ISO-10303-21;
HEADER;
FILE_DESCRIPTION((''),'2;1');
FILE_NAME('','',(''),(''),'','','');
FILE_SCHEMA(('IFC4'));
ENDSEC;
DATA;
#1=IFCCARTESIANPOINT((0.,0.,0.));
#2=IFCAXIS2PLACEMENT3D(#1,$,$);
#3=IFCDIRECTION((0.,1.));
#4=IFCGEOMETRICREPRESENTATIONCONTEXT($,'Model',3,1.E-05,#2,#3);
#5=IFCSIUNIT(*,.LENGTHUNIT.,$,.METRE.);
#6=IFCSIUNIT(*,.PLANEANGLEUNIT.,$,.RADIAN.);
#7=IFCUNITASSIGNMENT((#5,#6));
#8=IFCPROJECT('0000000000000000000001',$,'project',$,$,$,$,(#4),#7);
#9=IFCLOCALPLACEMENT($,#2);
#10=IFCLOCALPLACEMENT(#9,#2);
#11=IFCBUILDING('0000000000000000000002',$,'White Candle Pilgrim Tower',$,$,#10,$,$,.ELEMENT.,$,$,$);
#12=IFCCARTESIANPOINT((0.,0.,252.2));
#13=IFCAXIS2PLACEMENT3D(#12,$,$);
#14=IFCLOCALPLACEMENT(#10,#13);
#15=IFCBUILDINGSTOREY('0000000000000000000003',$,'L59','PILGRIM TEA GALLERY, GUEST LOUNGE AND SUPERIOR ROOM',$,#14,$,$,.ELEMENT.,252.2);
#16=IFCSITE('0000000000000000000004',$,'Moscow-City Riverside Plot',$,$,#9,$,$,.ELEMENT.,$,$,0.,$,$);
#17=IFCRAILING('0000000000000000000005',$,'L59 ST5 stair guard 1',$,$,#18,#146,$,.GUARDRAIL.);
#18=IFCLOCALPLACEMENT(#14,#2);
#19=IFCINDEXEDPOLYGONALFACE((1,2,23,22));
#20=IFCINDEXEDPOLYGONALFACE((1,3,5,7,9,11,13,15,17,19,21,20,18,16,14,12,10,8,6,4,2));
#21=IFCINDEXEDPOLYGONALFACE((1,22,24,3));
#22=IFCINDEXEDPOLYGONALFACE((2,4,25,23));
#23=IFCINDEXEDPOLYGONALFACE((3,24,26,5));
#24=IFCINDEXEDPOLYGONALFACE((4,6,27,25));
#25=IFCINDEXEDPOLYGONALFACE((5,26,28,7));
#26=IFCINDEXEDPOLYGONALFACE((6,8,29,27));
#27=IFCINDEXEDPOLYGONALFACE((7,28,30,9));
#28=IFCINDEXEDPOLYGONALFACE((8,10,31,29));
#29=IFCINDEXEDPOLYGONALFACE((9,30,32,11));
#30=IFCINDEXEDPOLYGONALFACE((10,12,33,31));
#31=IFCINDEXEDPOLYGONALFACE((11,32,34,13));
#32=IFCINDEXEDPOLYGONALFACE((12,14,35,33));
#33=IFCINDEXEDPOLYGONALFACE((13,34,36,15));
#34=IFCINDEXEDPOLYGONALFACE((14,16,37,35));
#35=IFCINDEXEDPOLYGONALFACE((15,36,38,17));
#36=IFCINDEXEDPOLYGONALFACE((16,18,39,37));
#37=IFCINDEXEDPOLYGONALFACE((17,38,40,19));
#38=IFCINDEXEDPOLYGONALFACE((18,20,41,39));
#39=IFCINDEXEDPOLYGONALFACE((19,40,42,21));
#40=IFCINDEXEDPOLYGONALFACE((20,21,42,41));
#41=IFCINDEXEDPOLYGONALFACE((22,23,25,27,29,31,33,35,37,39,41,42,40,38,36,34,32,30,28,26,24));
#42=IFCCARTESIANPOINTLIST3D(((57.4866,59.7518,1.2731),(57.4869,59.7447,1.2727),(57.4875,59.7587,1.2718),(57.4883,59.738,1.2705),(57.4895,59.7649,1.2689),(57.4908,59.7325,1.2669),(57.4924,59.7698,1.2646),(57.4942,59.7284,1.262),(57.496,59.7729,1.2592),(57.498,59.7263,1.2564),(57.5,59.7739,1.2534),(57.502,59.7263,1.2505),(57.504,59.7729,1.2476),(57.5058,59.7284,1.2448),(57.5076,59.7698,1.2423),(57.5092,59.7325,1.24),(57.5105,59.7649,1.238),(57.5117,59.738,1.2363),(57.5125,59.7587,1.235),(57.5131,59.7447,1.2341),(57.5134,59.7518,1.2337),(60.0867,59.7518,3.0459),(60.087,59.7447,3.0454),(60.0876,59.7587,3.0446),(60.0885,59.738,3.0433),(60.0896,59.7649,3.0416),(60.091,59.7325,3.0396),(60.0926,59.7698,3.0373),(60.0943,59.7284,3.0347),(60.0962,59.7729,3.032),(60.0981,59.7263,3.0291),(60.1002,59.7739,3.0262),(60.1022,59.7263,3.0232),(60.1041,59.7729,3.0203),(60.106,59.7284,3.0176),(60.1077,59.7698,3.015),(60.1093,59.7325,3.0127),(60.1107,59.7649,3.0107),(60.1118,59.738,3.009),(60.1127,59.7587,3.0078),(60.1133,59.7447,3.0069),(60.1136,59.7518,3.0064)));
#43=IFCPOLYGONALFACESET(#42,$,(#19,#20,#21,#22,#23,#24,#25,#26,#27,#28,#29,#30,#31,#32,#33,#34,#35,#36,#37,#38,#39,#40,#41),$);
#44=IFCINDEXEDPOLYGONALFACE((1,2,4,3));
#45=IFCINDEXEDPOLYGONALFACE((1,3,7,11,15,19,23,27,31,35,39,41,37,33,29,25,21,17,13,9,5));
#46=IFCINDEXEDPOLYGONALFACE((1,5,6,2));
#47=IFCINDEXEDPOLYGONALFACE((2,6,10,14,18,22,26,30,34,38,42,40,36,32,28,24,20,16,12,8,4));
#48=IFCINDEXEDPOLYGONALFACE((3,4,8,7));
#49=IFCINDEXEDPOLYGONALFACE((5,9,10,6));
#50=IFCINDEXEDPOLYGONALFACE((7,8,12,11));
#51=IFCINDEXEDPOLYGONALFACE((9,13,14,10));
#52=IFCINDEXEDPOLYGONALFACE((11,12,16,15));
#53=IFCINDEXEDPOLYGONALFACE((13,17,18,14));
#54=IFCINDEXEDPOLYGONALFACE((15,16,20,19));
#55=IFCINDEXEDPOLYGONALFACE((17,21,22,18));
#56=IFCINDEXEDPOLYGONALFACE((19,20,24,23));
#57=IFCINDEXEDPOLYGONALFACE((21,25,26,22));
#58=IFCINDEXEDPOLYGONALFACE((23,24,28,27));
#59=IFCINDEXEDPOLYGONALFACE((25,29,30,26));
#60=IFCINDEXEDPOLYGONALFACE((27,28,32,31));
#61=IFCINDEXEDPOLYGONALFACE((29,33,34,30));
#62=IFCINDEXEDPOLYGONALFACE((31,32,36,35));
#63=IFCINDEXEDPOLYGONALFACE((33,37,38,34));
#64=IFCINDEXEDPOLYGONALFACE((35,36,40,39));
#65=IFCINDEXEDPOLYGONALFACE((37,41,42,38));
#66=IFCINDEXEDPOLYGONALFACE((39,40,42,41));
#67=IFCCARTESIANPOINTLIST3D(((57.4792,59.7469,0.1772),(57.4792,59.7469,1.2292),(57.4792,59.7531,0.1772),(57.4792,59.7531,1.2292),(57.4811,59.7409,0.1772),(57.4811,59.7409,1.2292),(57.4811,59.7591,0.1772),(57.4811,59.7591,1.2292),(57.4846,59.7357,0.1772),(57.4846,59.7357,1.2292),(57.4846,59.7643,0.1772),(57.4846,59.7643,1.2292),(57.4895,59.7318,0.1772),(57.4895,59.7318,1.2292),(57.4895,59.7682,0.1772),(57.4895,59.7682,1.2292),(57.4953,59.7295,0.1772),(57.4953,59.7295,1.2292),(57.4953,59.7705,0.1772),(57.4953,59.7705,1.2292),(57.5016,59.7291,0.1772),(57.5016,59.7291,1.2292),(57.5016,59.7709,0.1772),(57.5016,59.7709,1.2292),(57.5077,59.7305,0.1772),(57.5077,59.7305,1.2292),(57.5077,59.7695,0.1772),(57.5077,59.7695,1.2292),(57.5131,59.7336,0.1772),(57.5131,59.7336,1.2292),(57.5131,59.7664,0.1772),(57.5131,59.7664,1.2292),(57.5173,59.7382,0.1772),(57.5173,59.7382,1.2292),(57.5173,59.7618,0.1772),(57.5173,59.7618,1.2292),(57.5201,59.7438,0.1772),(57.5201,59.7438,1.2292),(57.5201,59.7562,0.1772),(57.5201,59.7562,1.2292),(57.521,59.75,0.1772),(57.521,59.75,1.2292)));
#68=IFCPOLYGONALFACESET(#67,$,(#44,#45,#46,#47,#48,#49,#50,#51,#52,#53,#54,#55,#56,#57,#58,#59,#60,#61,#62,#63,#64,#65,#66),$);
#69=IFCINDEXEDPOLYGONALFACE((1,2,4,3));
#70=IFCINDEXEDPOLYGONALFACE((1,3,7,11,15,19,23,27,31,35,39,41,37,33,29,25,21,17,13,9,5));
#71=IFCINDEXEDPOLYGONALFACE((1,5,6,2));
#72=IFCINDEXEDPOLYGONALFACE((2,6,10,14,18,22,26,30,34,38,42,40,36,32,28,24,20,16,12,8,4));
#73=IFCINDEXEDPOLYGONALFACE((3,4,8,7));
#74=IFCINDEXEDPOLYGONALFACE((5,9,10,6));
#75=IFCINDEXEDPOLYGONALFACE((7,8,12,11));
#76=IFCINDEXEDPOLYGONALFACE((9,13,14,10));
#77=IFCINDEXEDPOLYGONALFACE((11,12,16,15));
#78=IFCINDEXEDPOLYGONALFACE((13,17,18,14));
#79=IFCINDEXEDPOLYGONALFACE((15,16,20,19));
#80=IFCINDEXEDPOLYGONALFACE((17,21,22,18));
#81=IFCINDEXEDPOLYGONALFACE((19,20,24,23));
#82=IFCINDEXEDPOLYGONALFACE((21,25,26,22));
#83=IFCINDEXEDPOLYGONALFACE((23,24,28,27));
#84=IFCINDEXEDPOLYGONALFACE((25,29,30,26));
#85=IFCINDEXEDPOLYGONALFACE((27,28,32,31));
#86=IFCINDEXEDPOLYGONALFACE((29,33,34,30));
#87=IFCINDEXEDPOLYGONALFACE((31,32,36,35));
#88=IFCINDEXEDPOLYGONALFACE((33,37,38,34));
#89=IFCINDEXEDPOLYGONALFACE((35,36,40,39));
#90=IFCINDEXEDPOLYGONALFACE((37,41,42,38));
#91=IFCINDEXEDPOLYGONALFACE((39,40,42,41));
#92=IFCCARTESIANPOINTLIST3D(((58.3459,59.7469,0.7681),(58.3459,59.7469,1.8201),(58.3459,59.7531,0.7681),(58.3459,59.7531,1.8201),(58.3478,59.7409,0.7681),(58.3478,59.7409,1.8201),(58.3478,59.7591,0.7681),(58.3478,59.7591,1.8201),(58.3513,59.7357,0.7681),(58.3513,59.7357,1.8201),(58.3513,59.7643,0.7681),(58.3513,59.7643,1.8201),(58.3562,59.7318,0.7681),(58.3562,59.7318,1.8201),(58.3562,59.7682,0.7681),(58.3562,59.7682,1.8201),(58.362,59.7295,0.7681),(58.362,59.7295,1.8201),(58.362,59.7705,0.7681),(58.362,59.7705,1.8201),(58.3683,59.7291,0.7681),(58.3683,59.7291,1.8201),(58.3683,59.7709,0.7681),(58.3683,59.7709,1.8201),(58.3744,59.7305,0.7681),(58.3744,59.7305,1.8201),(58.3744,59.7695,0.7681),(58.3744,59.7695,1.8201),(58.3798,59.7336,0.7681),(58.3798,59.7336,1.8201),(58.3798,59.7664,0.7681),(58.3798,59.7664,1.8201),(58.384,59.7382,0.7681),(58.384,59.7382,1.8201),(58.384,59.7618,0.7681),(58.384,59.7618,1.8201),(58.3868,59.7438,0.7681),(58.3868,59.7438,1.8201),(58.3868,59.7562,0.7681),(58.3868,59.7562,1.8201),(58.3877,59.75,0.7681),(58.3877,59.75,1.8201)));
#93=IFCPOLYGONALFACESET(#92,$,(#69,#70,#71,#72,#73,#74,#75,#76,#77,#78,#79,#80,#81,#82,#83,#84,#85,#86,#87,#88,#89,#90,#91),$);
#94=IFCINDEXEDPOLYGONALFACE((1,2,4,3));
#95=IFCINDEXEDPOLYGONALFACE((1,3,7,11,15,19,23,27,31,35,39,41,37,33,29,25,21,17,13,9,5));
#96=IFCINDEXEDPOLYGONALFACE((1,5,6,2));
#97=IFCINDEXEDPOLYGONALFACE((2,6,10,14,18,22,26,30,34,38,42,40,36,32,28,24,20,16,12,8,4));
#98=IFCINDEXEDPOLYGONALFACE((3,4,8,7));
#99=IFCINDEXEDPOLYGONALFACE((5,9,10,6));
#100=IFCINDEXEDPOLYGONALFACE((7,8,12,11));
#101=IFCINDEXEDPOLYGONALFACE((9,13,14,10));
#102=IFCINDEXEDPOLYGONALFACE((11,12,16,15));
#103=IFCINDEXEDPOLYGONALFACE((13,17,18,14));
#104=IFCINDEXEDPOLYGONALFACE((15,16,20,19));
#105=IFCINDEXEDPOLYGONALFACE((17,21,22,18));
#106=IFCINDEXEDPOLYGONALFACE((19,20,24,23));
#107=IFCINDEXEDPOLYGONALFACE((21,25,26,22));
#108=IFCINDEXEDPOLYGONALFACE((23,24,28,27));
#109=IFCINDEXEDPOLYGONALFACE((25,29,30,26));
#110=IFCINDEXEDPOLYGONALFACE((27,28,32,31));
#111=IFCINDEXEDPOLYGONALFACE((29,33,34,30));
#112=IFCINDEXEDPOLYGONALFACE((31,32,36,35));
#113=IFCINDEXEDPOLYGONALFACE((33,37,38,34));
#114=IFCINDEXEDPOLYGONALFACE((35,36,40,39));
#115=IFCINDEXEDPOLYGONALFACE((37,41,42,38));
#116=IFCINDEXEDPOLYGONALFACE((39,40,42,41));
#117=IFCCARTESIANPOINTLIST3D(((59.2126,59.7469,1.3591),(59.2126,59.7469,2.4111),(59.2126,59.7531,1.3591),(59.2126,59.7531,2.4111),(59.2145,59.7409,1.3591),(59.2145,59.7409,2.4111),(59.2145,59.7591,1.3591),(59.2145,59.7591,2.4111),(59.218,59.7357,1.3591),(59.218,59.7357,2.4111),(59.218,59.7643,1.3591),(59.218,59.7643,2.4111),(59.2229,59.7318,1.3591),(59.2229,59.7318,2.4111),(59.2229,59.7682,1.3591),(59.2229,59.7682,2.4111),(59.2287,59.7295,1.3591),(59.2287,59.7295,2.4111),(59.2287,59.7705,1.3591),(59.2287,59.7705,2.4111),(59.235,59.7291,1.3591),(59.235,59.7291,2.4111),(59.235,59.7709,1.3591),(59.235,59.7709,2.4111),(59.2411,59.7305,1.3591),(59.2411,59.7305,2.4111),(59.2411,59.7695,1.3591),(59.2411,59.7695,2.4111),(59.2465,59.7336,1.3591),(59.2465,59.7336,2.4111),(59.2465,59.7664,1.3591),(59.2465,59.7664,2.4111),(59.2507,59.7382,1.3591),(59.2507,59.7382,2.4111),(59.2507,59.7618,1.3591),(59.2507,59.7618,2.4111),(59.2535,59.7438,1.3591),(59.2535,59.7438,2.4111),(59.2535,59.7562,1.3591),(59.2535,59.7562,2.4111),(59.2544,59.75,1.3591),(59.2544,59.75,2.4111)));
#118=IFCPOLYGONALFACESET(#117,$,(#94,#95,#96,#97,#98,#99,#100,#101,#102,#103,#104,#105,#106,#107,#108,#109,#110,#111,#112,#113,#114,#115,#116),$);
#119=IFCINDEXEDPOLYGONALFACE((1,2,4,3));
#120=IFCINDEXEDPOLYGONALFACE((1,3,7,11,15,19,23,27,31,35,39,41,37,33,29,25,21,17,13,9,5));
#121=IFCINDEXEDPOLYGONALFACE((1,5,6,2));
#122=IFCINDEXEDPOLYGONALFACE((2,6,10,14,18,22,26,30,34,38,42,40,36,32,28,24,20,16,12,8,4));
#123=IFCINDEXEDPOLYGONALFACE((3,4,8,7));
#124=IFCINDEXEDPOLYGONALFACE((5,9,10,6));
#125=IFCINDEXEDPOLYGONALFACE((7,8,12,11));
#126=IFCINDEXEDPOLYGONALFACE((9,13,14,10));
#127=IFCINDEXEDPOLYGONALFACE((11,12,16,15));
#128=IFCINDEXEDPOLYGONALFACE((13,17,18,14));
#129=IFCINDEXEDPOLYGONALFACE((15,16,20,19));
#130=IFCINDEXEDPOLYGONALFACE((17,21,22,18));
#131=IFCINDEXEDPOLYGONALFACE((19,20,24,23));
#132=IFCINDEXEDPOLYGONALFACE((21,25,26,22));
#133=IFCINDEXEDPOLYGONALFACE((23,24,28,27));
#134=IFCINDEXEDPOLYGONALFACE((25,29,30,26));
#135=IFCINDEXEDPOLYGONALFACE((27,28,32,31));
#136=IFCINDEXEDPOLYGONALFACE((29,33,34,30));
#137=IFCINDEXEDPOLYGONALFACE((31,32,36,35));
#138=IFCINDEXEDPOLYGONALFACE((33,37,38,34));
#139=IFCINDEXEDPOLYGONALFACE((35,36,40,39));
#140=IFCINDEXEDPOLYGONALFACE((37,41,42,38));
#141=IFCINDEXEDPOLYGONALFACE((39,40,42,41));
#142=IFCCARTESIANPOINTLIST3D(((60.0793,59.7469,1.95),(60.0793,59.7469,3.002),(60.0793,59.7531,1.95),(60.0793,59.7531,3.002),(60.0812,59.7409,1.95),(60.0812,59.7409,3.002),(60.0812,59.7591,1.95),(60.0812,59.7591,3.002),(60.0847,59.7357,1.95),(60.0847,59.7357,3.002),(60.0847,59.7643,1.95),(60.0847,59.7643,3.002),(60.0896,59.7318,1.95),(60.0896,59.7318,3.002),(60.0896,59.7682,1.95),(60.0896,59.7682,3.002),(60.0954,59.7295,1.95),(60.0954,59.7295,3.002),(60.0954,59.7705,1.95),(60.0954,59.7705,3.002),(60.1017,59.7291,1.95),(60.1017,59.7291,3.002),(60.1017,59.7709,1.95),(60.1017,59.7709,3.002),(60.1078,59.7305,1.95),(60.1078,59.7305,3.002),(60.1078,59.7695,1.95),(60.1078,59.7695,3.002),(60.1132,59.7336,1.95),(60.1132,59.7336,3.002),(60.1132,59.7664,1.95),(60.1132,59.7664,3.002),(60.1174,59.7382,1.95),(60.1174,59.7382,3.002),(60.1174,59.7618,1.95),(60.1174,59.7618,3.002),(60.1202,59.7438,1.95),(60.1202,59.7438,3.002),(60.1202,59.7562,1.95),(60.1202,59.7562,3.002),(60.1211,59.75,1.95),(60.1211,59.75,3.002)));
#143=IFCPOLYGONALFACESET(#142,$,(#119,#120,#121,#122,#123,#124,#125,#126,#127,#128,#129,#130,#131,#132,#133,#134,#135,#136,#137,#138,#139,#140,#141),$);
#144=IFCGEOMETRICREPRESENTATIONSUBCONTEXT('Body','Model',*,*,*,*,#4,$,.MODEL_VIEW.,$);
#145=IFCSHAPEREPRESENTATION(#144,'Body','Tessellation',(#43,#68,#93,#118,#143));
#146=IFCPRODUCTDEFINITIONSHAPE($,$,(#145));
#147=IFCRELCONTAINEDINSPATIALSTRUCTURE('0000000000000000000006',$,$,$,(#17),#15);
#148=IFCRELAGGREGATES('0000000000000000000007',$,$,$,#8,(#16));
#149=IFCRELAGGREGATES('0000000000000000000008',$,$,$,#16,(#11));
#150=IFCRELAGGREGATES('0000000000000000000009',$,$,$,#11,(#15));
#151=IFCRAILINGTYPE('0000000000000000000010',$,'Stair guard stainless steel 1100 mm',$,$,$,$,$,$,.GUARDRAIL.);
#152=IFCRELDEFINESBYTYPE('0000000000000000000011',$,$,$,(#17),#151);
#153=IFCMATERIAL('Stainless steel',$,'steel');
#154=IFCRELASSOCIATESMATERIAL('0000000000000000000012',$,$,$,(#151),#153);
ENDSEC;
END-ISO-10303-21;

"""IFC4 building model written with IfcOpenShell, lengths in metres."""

from ifc_helpers import new_model, si_unit, direction, frame, origin, origin_2d, place, context, subcontext, project, spatial, circle, extrude, material, type_object, element, save


model = new_model("IFC4")

# Units and contexts
model_context = context("Model", 3, precision=1e-05, world=origin(), true_north=direction((0.0, 1.0)))
body_context = subcontext(model_context, "Body", "Model", "MODEL_VIEW")
ifc_project = project(units=[si_unit("LENGTHUNIT", "METRE"), si_unit("PLANEANGLEUNIT", "RADIAN")], contexts=[model_context])

# Site, building, storey
site_placement = place(None, origin())
site = spatial("IfcSite", under=ifc_project, at=site_placement, Name="Moscow-City Riverside Plot", CompositionType="ELEMENT", RefElevation=0.0)
building_placement = place(site_placement, origin())
building = spatial("IfcBuilding", under=site, at=building_placement, Name="White Candle Pilgrim Tower", CompositionType="ELEMENT")
storey_placement = place(building_placement, frame((0.0, 0.0, 252.2)))
storey = spatial("IfcBuildingStorey", under=building, at=storey_placement, Name="L59", Description="PILGRIM TEA GALLERY, GUEST LOUNGE AND SUPERIOR ROOM", CompositionType="ELEMENT", Elevation=252.2)

# Railing
ifc_material_1 = material(Name="Stainless steel", Category="steel")
railing_type_1 = type_object("IfcRailingType", Name="Stair guard stainless steel 1100 mm", PredefinedType="GUARDRAIL", material=ifc_material_1)
railing_1_placement = place(storey_placement, frame((57.5, 59.75, 0.1772)))
element("IfcRailing", 1, at=railing_1_placement, inside=storey, type_object=railing_type_1, Name="L59 ST5 stair guard 1", PredefinedType="GUARDRAIL", context=body_context, shape_type="SweptSolid", body=[
    extrude(circle(Radius=0.0239, at=origin_2d()), frame((0.0, 0.0, 1.0762), z_axis=(0.82624, 0.0, 0.563318), x_axis=(0.0, 1.0, 0.0)), (0.0, 0.0, 1.0), 3.147),
    extrude(circle(Radius=0.021, at=origin_2d()), origin(), (0.0, 0.0, 1.0), 1.052),
    extrude(circle(Radius=0.021, at=origin_2d()), frame((0.8667, 0.0, 0.5908)), (0.0, 0.0, 1.0), 1.052),
    extrude(circle(Radius=0.021, at=origin_2d()), frame((1.7334, 0.0, 1.1819)), (0.0, 0.0, 1.0), 1.052),
    extrude(circle(Radius=0.021, at=origin_2d()), frame((2.6001, 0.0, 1.7727)), (0.0, 0.0, 1.0), 1.052),
])

save(model, "model.ifc")
